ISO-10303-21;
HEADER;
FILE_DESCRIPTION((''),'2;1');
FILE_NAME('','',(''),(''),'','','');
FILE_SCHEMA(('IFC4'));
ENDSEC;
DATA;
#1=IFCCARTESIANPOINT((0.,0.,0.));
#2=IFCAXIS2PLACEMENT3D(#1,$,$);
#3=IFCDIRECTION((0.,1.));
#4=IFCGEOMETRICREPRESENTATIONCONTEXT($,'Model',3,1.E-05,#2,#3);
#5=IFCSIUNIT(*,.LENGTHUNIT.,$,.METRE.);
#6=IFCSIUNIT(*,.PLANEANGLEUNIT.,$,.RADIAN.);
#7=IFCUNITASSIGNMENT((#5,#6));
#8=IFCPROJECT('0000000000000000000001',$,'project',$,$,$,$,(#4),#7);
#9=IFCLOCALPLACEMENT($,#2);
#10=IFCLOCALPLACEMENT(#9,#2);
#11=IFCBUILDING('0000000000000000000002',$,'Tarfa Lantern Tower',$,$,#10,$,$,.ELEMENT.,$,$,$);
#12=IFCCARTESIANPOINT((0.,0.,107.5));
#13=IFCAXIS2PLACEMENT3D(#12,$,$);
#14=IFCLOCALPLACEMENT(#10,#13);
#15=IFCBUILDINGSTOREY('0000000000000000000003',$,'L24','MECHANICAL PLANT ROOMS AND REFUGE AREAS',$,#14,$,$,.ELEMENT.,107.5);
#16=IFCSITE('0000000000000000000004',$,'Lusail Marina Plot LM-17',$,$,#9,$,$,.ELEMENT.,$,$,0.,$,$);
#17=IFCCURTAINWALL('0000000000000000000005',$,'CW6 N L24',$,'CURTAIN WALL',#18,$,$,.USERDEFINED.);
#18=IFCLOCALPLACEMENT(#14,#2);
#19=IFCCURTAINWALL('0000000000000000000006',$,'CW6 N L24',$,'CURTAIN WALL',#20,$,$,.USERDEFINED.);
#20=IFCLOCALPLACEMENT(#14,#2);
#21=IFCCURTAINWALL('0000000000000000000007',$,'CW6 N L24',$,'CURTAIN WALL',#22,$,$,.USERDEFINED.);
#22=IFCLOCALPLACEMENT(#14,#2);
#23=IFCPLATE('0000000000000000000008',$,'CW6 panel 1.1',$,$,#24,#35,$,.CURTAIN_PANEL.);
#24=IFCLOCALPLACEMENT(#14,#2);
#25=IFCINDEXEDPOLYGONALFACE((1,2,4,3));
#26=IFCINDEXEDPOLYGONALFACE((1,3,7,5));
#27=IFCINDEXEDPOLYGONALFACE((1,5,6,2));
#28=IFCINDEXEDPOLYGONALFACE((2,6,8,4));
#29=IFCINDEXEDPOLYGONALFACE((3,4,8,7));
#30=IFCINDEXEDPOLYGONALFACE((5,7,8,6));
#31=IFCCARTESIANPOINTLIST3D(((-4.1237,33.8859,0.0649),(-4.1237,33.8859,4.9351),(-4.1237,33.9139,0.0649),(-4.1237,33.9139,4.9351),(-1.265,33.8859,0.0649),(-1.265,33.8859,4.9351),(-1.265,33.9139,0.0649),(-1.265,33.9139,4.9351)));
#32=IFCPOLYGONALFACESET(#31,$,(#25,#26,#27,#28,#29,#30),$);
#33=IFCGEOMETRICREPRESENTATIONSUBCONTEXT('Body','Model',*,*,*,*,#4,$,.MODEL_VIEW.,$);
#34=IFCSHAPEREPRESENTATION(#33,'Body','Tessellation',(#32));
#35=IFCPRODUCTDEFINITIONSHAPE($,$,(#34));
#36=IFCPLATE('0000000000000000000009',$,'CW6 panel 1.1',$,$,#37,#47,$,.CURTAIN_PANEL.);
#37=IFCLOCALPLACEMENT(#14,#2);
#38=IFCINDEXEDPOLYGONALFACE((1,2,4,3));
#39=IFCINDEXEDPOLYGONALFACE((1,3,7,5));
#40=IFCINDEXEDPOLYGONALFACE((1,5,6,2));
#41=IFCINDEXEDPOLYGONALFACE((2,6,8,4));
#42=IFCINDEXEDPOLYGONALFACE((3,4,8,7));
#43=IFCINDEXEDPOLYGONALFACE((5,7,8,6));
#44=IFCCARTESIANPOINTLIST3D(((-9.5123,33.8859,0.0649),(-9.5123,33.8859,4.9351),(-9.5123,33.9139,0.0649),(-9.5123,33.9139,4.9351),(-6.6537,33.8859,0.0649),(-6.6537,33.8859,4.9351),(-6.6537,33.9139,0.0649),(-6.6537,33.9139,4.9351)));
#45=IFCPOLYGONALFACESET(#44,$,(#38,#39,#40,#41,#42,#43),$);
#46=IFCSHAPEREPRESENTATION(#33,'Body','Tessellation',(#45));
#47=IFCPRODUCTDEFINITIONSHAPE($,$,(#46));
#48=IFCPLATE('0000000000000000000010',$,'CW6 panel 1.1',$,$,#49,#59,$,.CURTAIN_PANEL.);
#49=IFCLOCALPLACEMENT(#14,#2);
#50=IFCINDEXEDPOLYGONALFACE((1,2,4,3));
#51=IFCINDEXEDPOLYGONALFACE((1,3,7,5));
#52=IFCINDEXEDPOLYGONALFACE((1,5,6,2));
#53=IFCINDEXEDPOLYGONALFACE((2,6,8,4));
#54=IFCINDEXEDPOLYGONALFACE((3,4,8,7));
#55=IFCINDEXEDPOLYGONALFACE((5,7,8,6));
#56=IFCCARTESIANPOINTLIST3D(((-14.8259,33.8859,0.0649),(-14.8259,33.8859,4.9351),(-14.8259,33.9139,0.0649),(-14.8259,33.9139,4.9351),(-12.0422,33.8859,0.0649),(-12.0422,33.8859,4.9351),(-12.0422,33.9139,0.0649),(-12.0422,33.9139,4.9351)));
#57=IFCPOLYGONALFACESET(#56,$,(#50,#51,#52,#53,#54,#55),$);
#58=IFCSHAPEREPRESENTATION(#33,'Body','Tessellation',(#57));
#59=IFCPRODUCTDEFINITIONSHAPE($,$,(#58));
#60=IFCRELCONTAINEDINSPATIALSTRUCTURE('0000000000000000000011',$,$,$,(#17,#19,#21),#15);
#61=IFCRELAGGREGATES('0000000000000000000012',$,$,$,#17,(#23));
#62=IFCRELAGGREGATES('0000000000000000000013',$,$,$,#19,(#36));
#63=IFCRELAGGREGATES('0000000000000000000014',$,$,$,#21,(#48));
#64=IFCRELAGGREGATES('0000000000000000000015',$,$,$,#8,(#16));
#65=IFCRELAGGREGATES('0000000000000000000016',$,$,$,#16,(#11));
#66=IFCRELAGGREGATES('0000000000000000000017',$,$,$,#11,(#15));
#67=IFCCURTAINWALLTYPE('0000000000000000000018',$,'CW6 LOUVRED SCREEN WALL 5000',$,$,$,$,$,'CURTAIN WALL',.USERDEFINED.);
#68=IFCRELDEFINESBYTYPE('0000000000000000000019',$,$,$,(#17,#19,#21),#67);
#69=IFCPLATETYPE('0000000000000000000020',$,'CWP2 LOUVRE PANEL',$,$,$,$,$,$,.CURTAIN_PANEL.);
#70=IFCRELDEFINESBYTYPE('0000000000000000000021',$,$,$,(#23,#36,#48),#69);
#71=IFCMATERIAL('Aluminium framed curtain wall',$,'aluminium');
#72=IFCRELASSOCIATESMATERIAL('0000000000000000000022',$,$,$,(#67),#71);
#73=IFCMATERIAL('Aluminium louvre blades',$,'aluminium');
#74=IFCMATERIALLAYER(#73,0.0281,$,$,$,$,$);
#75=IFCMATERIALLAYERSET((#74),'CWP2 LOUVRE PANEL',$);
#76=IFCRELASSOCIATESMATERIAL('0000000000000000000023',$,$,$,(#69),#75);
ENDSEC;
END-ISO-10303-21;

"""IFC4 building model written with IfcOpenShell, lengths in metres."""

from ifc_helpers import new_model, si_unit, direction, frame, origin, origin_2d, place, context, subcontext, project, spatial, rectangle, extrude, material, layer, layer_set, type_object, element, aggregate, save


model = new_model("IFC4")

# Units and contexts
model_context = context("Model", 3, precision=1e-05, world=origin(), true_north=direction((0.0, 1.0)))
body_context = subcontext(model_context, "Body", "Model", "MODEL_VIEW")
ifc_project = project(units=[si_unit("LENGTHUNIT", "METRE"), si_unit("PLANEANGLEUNIT", "RADIAN")], contexts=[model_context])

# Site, building, storey
site_placement = place(None, origin())
site = spatial("IfcSite", under=ifc_project, at=site_placement, Name="Lusail Marina Plot LM-17", CompositionType="ELEMENT", RefElevation=0.0)
building_placement = place(site_placement, origin())
building = spatial("IfcBuilding", under=site, at=building_placement, Name="Tarfa Lantern Tower", CompositionType="ELEMENT")
storey_placement = place(building_placement, frame((0.0, 0.0, 107.5)))
storey = spatial("IfcBuildingStorey", under=building, at=storey_placement, Name="L24", Description="MECHANICAL PLANT ROOMS AND REFUGE AREAS", CompositionType="ELEMENT", Elevation=107.5)

# Curtain walls
ifc_material_1 = material(Name="Aluminium framed curtain wall", Category="aluminium")
curtain_wall_type = type_object("IfcCurtainWallType", Name="CW6 LOUVRED SCREEN WALL 5000", ElementType="CURTAIN WALL", PredefinedType="USERDEFINED", material=ifc_material_1)
curtain_wall_1_placement = place(storey_placement, origin())
curtain_wall_1 = element("IfcCurtainWall", 1, at=curtain_wall_1_placement, inside=storey, type_object=curtain_wall_type, Name="CW6 N L24", ObjectType="CURTAIN WALL", PredefinedType="USERDEFINED")
curtain_wall_2_placement = place(storey_placement, origin())
curtain_wall_2 = element("IfcCurtainWall", 2, at=curtain_wall_2_placement, inside=storey, type_object=curtain_wall_type, Name="CW6 N L24", ObjectType="CURTAIN WALL", PredefinedType="USERDEFINED")
curtain_wall_3_placement = place(storey_placement, origin())
curtain_wall_3 = element("IfcCurtainWall", 3, at=curtain_wall_3_placement, inside=storey, type_object=curtain_wall_type, Name="CW6 N L24", ObjectType="CURTAIN WALL", PredefinedType="USERDEFINED")

# Plates
ifc_material_2 = material(Name="Aluminium louvre blades", Category="aluminium")
ifc_layer = layer(ifc_material_2, 0.0281)
ifc_layer_set = layer_set([ifc_layer], Name="CWP2 LOUVRE PANEL")
plate_type = type_object("IfcPlateType", Name="CWP2 LOUVRE PANEL", PredefinedType="CURTAIN_PANEL", material=ifc_layer_set)
plate_1_placement = place(storey_placement, frame((-2.6943, 33.8999, 0.0649), z_axis=(0.0, 0.0, 1.0), x_axis=(-1.0, 0.0, 0.0)))
plate_1 = element("IfcPlate", 4, at=plate_1_placement, type_object=plate_type, Name="CW6 panel 1.1", PredefinedType="CURTAIN_PANEL", context=body_context, shape_type="SweptSolid", body=[
    extrude(rectangle(XDim=2.8586, YDim=0.0281, at=origin_2d()), origin(), (0.0, 0.0, 1.0), 4.8701),
])
aggregate(curtain_wall_1, [plate_1])
plate_2_placement = place(storey_placement, frame((-8.083, 33.8999, 0.0649), z_axis=(0.0, 0.0, 1.0), x_axis=(-1.0, 0.0, 0.0)))
plate_2 = element("IfcPlate", 5, at=plate_2_placement, type_object=plate_type, Name="CW6 panel 1.1", PredefinedType="CURTAIN_PANEL", context=body_context, shape_type="SweptSolid", body=[
    extrude(rectangle(XDim=2.8586, YDim=0.0281, at=origin_2d()), origin(), (0.0, 0.0, 1.0), 4.8701),
])
aggregate(curtain_wall_2, [plate_2])
plate_3_placement = place(storey_placement, frame((-13.4341, 33.8999, 0.0649), z_axis=(0.0, 0.0, 1.0), x_axis=(-1.0, 0.0, 0.0)))
plate_3 = element("IfcPlate", 6, at=plate_3_placement, type_object=plate_type, Name="CW6 panel 1.1", PredefinedType="CURTAIN_PANEL", context=body_context, shape_type="SweptSolid", body=[
    extrude(rectangle(XDim=2.7837, YDim=0.0281, at=origin_2d()), origin(), (0.0, 0.0, 1.0), 4.8701),
])
aggregate(curtain_wall_3, [plate_3])

save(model, "model.ifc")
